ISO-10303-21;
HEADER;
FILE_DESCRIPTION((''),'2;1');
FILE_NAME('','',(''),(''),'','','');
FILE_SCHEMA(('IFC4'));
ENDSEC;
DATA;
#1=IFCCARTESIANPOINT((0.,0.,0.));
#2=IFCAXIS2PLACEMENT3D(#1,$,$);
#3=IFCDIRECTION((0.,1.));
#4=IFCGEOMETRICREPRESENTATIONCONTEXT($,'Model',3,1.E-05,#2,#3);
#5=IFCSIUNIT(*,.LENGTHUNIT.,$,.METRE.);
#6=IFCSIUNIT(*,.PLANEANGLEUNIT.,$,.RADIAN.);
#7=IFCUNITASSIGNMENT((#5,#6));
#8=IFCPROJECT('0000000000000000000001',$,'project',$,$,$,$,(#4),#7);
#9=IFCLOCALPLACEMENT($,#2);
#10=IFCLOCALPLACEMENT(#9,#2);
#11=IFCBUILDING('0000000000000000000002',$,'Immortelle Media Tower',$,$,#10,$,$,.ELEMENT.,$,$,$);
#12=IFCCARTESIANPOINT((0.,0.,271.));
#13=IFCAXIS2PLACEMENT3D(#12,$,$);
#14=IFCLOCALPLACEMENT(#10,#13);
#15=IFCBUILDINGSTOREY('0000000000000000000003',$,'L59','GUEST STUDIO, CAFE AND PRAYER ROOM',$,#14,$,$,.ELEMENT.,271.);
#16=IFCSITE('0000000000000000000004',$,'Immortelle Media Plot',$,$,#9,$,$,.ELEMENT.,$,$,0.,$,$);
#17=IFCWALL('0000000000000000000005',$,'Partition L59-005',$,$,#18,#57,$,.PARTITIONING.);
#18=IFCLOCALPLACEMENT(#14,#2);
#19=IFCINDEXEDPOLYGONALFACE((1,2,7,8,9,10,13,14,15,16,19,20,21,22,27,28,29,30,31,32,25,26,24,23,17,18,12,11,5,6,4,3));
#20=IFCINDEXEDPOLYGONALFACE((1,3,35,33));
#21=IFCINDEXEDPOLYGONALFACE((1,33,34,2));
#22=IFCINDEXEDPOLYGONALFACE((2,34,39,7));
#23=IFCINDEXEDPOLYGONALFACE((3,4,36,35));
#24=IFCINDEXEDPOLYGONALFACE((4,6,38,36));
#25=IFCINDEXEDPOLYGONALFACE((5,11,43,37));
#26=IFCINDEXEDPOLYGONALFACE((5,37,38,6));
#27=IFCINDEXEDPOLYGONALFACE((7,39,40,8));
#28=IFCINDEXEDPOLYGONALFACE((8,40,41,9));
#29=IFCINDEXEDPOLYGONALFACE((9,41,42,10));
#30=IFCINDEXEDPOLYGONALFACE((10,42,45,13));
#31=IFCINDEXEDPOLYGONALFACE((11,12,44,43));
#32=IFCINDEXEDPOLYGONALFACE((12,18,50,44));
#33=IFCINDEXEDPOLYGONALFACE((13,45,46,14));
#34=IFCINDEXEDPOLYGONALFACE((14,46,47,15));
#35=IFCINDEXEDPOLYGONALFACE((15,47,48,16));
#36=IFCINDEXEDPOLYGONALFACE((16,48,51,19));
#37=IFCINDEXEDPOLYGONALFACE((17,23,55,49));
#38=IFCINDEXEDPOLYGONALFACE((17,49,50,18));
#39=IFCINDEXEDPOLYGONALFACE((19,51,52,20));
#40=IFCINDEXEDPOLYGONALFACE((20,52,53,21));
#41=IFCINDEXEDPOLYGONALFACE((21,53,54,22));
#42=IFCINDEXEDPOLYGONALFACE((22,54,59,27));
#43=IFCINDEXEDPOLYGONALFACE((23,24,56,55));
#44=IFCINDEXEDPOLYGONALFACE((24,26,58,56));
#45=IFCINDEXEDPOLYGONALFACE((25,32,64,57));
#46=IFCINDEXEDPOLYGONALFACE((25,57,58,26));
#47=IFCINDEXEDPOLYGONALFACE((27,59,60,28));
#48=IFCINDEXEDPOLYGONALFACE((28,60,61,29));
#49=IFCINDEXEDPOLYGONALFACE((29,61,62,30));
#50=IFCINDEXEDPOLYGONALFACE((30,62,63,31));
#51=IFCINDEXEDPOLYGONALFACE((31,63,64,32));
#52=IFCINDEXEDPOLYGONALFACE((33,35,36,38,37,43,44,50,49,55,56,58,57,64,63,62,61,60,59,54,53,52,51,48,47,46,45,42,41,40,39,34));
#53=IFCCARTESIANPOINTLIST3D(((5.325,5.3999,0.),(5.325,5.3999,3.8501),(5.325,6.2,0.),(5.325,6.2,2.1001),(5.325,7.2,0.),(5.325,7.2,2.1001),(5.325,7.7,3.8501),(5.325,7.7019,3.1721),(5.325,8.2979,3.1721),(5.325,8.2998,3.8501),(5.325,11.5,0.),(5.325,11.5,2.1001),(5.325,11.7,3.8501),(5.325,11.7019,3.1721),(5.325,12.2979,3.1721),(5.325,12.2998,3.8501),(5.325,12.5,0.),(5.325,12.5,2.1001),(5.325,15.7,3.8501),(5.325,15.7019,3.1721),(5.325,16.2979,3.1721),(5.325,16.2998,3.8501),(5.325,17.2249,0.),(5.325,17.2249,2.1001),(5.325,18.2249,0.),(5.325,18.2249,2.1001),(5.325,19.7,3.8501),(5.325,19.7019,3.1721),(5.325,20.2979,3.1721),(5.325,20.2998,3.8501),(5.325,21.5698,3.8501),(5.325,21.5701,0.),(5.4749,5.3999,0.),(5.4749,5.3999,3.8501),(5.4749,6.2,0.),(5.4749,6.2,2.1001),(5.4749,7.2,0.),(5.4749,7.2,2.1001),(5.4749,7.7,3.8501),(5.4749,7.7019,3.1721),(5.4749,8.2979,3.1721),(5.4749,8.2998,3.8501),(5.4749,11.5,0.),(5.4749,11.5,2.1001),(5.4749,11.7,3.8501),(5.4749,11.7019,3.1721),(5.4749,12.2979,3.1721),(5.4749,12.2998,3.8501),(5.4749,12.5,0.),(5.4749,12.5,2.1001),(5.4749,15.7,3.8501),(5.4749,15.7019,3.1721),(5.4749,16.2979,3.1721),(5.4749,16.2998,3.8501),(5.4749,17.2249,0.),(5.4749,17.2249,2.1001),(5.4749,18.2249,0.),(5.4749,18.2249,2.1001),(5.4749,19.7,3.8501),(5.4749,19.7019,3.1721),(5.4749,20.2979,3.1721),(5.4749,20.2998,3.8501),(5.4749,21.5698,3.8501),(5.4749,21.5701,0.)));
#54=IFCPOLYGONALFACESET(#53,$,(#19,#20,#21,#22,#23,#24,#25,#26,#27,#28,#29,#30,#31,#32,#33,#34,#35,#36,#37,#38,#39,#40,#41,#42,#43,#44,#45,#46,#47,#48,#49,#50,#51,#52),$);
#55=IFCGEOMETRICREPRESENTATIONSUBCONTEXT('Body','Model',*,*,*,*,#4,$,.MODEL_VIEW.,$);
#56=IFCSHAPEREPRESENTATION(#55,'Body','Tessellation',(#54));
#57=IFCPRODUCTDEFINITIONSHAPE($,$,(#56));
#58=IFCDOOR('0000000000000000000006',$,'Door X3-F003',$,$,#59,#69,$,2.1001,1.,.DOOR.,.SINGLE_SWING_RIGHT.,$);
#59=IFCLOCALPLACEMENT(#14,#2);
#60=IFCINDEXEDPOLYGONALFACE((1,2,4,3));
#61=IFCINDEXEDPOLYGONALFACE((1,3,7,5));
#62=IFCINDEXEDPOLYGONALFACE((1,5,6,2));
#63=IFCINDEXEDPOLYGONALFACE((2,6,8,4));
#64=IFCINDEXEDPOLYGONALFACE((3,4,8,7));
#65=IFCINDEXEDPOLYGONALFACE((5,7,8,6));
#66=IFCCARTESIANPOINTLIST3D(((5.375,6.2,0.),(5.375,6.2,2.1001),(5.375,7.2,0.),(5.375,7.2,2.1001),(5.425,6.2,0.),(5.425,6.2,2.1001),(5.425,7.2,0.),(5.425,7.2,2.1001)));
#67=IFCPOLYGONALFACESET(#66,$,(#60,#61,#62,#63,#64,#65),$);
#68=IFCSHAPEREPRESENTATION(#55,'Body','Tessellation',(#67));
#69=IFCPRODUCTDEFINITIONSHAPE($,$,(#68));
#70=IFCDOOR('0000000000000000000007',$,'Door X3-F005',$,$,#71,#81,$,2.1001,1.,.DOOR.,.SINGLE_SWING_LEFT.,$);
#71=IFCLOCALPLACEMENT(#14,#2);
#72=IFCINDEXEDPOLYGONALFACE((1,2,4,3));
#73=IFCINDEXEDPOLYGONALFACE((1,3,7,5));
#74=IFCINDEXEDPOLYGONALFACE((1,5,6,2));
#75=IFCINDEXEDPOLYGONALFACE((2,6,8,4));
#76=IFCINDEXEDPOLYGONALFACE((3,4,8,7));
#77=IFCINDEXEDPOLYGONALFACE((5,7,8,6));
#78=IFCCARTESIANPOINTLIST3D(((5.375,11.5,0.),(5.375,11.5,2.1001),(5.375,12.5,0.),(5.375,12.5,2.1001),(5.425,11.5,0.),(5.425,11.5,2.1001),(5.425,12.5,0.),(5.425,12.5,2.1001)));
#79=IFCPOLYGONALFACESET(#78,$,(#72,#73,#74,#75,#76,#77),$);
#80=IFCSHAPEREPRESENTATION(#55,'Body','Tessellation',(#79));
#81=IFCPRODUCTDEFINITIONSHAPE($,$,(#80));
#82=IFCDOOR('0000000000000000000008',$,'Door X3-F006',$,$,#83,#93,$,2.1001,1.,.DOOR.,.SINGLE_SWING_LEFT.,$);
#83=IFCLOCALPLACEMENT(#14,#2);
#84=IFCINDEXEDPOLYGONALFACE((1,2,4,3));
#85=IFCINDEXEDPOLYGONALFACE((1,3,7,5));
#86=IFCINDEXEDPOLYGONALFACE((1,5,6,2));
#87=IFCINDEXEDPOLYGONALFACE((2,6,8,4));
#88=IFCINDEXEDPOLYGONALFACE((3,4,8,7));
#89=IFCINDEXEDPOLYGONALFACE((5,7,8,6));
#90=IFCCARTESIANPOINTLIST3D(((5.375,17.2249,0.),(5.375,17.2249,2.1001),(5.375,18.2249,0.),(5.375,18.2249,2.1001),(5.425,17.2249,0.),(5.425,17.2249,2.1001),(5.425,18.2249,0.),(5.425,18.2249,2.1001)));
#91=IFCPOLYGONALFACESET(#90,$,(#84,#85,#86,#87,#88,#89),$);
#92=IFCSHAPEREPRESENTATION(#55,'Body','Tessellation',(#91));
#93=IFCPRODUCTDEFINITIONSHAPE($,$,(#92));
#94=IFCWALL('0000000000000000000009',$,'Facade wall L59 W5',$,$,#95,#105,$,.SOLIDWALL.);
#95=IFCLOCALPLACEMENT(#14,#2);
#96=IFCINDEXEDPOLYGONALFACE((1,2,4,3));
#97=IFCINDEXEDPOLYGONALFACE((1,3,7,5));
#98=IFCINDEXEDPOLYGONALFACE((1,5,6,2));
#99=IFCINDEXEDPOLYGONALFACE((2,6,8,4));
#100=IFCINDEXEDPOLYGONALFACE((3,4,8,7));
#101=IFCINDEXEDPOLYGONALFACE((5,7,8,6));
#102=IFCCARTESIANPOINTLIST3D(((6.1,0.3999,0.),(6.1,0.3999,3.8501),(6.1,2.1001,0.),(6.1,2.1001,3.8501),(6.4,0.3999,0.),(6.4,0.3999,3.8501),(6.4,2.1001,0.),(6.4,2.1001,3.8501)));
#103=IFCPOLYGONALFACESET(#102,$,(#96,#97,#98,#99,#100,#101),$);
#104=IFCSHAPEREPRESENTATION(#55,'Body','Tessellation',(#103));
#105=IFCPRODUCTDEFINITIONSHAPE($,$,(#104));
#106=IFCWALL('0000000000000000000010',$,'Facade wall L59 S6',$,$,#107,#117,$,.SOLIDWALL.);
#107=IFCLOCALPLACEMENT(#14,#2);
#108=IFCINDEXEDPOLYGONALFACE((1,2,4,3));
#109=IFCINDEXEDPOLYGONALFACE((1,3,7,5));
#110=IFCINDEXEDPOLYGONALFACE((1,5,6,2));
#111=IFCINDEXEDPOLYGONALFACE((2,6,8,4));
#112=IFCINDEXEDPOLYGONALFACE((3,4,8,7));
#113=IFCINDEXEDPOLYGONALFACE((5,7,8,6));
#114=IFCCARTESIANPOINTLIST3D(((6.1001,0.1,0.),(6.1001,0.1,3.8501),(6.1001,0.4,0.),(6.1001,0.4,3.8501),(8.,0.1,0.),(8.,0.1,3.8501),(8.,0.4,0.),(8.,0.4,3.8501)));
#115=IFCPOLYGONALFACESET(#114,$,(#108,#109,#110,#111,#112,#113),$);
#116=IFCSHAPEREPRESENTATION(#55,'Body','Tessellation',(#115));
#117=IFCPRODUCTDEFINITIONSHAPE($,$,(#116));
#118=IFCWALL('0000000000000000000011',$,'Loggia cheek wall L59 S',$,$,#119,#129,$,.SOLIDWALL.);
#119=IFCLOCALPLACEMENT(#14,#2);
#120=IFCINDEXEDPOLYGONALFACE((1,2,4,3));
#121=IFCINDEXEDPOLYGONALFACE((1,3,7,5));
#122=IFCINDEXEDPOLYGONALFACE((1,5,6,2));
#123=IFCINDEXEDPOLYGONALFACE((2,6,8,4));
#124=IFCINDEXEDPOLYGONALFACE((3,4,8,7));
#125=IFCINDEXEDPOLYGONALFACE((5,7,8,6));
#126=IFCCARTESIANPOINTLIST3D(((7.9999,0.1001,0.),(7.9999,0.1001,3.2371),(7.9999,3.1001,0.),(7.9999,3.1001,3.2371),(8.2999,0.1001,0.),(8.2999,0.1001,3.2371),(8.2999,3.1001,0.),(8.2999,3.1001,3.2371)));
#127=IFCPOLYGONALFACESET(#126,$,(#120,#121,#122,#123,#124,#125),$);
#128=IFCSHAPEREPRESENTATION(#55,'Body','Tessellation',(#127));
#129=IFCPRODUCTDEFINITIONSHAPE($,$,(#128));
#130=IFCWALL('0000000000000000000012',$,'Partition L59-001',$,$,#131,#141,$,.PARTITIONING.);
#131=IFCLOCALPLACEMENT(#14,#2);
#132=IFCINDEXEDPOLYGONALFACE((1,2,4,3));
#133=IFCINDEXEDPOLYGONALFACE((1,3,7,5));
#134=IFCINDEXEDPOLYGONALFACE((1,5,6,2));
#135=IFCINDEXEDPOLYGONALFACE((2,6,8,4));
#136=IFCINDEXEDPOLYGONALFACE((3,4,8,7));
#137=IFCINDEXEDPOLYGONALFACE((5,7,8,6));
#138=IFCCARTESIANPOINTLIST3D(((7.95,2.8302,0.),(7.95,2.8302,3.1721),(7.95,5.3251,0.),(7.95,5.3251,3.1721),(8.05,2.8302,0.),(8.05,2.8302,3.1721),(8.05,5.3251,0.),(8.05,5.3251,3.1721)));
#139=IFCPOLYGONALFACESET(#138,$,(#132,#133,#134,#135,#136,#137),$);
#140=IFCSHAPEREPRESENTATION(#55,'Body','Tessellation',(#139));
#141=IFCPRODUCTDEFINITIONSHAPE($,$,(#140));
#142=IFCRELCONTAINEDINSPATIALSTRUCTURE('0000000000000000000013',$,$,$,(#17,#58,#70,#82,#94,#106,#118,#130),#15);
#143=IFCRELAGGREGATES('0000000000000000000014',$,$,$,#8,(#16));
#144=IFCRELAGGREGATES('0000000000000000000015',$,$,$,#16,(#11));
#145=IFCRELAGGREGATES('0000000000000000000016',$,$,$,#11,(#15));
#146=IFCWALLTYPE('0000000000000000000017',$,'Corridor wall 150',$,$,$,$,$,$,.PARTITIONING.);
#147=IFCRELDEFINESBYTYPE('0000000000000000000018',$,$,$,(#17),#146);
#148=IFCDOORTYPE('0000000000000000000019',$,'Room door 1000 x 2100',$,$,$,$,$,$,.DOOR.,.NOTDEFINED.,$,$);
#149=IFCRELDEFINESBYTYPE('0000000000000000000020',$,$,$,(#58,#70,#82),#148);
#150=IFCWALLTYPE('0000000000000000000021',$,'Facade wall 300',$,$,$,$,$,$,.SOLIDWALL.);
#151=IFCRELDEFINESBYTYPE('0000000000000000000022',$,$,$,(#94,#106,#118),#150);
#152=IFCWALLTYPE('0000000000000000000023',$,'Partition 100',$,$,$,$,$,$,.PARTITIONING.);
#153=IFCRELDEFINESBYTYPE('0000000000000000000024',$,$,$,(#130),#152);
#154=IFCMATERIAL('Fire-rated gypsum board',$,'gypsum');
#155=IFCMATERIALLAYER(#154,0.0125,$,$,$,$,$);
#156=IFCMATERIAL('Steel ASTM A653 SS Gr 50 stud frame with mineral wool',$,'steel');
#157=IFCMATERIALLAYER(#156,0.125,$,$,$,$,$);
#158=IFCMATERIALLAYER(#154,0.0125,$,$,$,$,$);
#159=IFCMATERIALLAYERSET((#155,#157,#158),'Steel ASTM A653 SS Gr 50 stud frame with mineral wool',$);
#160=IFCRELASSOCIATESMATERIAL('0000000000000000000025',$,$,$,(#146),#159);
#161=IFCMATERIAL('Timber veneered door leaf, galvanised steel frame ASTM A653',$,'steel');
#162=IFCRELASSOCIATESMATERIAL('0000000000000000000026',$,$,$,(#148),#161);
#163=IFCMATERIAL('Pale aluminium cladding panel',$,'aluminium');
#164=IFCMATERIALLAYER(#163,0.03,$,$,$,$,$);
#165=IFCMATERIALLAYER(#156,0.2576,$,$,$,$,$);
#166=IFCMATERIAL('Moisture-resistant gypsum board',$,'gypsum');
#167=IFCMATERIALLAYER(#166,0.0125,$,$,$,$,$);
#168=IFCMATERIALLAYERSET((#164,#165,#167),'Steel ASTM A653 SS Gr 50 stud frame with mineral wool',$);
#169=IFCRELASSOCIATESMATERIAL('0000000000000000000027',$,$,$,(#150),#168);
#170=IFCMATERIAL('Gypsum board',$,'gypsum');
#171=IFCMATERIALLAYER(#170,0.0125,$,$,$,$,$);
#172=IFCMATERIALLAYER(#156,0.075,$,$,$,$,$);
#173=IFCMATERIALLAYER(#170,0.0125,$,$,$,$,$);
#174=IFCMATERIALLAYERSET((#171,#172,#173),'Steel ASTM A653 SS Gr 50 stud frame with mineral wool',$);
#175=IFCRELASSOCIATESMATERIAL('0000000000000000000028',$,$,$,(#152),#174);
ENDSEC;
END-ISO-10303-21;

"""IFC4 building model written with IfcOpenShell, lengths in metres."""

from ifc_helpers import new_model, si_unit, direction, frame, frame_2d, origin, place, context, subcontext, project, spatial, polyline, rectangle, outline, extrude, material, layer, layer_set, type_object, element, fill, save


model = new_model("IFC4")

# Units and contexts
model_context = context("Model", 3, precision=1e-05, world=origin(), true_north=direction((0.0, 1.0)))
body_context = subcontext(model_context, "Body", "Model", "MODEL_VIEW")
ifc_project = project(units=[si_unit("LENGTHUNIT", "METRE"), si_unit("PLANEANGLEUNIT", "RADIAN")], contexts=[model_context])

# Site, building, storey
site_placement = place(None, origin())
site = spatial("IfcSite", under=ifc_project, at=site_placement, Name="Immortelle Media Plot", CompositionType="ELEMENT", RefElevation=0.0)
building_placement = place(site_placement, origin())
building = spatial("IfcBuilding", under=site, at=building_placement, Name="Immortelle Media Tower", CompositionType="ELEMENT")
storey_placement = place(building_placement, frame((0.0, 0.0, 271.0)))
storey = spatial("IfcBuildingStorey", under=building, at=storey_placement, Name="L59", Description="GUEST STUDIO, CAFE AND PRAYER ROOM", CompositionType="ELEMENT", Elevation=271.0)

# Wall, openings, doors
ifc_material_1 = material(Name="Fire-rated gypsum board", Category="gypsum")
ifc_layer_1 = layer(ifc_material_1, 0.0125)
ifc_material_2 = material(Name="Steel ASTM A653 SS Gr 50 stud frame with mineral wool", Category="steel")
ifc_layer_2 = layer(ifc_material_2, 0.125)
ifc_layer_3 = layer(ifc_material_1, 0.0125)
ifc_layer_set_1 = layer_set([ifc_layer_1, ifc_layer_2, ifc_layer_3], Name="Steel ASTM A653 SS Gr 50 stud frame with mineral wool")
wall_type_1 = type_object("IfcWallType", Name="Corridor wall 150", PredefinedType="PARTITIONING", material=ifc_layer_set_1)
ifc_material_3 = material(Name="Timber veneered door leaf, galvanised steel frame ASTM A653", Category="steel")
door_type_1 = type_object("IfcDoorType", Name="Room door 1000 x 2100", OperationType="NOTDEFINED", PredefinedType="DOOR", material=ifc_material_3)
wall_1_placement = place(storey_placement, frame((5.3999, 5.3999, 0.0), z_axis=(0.0, 0.0, 1.0), x_axis=(0.0, 1.0, 0.0)))
wall_1 = element("IfcWall", 1, at=wall_1_placement, inside=storey, type_object=wall_type_1, Name="Partition L59-005", PredefinedType="PARTITIONING", context=body_context, shape_type="SweptSolid", body=[
    extrude(outline(polyline([(0.0, 0.0), (16.1702, 0.0), (16.1699, 3.8501), (14.8999, 3.8501), (14.8979, 3.1721), (14.302, 3.1721), (14.3, 3.8501), (10.8999, 3.8501), (10.8979, 3.1721), (10.302, 3.1721), (10.3, 3.8501), (6.8999, 3.8501), (6.8979, 3.1721), (6.302, 3.1721), (6.3, 3.8501), (2.8999, 3.8501), (2.8979, 3.1721), (2.302, 3.1721), (2.3, 3.8501), (0.0, 3.8501), (0.0, 0.0)])), frame((0.0, 0.075, 0.0), z_axis=(0.0, -1.0, 0.0), x_axis=(1.0, 0.0, 0.0)), (0.0, 0.0, 1.0), 0.1499),
])
opening_1_placement = place(wall_1_placement, frame((0.8, 0.0, 0.0)))
opening_1 = element("IfcOpeningElement", 2, at=opening_1_placement, cuts=wall_1, PredefinedType="OPENING", context=body_context, shape_type="SweptSolid", body=[
    extrude(rectangle(XDim=1.0, YDim=2.1001, at=frame_2d((0.5, 1.05))), frame((0.0, 0.085, 0.0), z_axis=(0.0, -1.0, 0.0), x_axis=(1.0, 0.0, 0.0)), (0.0, 0.0, 1.0), 0.1699),
])
opening_2_placement = place(wall_1_placement, frame((6.1001, 0.0, 0.0)))
opening_2 = element("IfcOpeningElement", 3, at=opening_2_placement, cuts=wall_1, PredefinedType="OPENING", context=body_context, shape_type="SweptSolid", body=[
    extrude(rectangle(XDim=1.0, YDim=2.1001, at=frame_2d((0.5, 1.05))), frame((0.0, 0.085, 0.0), z_axis=(0.0, -1.0, 0.0), x_axis=(1.0, 0.0, 0.0)), (0.0, 0.0, 1.0), 0.1699),
])
opening_3_placement = place(wall_1_placement, frame((11.825, 0.0, 0.0)))
opening_3 = element("IfcOpeningElement", 4, at=opening_3_placement, cuts=wall_1, PredefinedType="OPENING", context=body_context, shape_type="SweptSolid", body=[
    extrude(rectangle(XDim=1.0, YDim=2.1001, at=frame_2d((0.5, 1.05))), frame((0.0, 0.085, 0.0), z_axis=(0.0, -1.0, 0.0), x_axis=(1.0, 0.0, 0.0)), (0.0, 0.0, 1.0), 0.1699),
])
door_1_placement = place(opening_1_placement, origin())
door_1 = element("IfcDoor", 5, at=door_1_placement, inside=storey, type_object=door_type_1, Name="Door X3-F003", OperationType="SINGLE_SWING_RIGHT", OverallHeight=2.1001, OverallWidth=1.0, PredefinedType="DOOR", context=body_context, shape_type="SweptSolid", body=[
    extrude(rectangle(XDim=1.0, YDim=2.1001, at=frame_2d((0.5, 1.05))), frame((0.0, 0.0249, 0.0), z_axis=(0.0, -1.0, 0.0), x_axis=(1.0, 0.0, 0.0)), (0.0, 0.0, 1.0), 0.05),
])
fill(opening_1, door_1)
door_2_placement = place(opening_2_placement, origin())
door_2 = element("IfcDoor", 6, at=door_2_placement, inside=storey, type_object=door_type_1, Name="Door X3-F005", OperationType="SINGLE_SWING_LEFT", OverallHeight=2.1001, OverallWidth=1.0, PredefinedType="DOOR", context=body_context, shape_type="SweptSolid", body=[
    extrude(rectangle(XDim=1.0, YDim=2.1001, at=frame_2d((0.5, 1.05))), frame((0.0, 0.0249, 0.0), z_axis=(0.0, -1.0, 0.0), x_axis=(1.0, 0.0, 0.0)), (0.0, 0.0, 1.0), 0.05),
])
fill(opening_2, door_2)
door_3_placement = place(opening_3_placement, origin())
door_3 = element("IfcDoor", 7, at=door_3_placement, inside=storey, type_object=door_type_1, Name="Door X3-F006", OperationType="SINGLE_SWING_LEFT", OverallHeight=2.1001, OverallWidth=1.0, PredefinedType="DOOR", context=body_context, shape_type="SweptSolid", body=[
    extrude(rectangle(XDim=1.0, YDim=2.1001, at=frame_2d((0.5, 1.05))), frame((0.0, 0.0249, 0.0), z_axis=(0.0, -1.0, 0.0), x_axis=(1.0, 0.0, 0.0)), (0.0, 0.0, 1.0), 0.05),
])
fill(opening_3, door_3)

# Walls
ifc_material_4 = material(Name="Pale aluminium cladding panel", Category="aluminium")
ifc_layer_4 = layer(ifc_material_4, 0.03)
ifc_layer_5 = layer(ifc_material_2, 0.2576)
ifc_material_5 = material(Name="Moisture-resistant gypsum board", Category="gypsum")
ifc_layer_6 = layer(ifc_material_5, 0.0125)
ifc_layer_set_2 = layer_set([ifc_layer_4, ifc_layer_5, ifc_layer_6], Name="Steel ASTM A653 SS Gr 50 stud frame with mineral wool")
wall_type_2 = type_object("IfcWallType", Name="Facade wall 300", PredefinedType="SOLIDWALL", material=ifc_layer_set_2)
wall_2_placement = place(storey_placement, frame((6.25, 2.1001, 0.0), z_axis=(0.0, 0.0, 1.0), x_axis=(0.0, -1.0, 0.0)))
element("IfcWall", 8, at=wall_2_placement, inside=storey, type_object=wall_type_2, Name="Facade wall L59 W5", PredefinedType="SOLIDWALL", context=body_context, shape_type="SweptSolid", body=[
    extrude(rectangle(XDim=1.7002, YDim=0.3, at=frame_2d((0.8501, 0.0))), origin(), (0.0, 0.0, 1.0), 3.8501),
])
wall_3_placement = place(storey_placement, frame((6.1001, 0.25, 0.0), z_axis=(0.0, 0.0, 1.0), x_axis=(1.0, 0.0, 0.0)))
element("IfcWall", 9, at=wall_3_placement, inside=storey, type_object=wall_type_2, Name="Facade wall L59 S6", PredefinedType="SOLIDWALL", context=body_context, shape_type="SweptSolid", body=[
    extrude(rectangle(XDim=1.8999, YDim=0.3, at=frame_2d((0.95, 0.0))), origin(), (0.0, 0.0, 1.0), 3.8501),
])

# Walls
wall_4_placement = place(storey_placement, frame((8.1499, 0.1001, 0.0), z_axis=(0.0, 0.0, 1.0), x_axis=(0.0, 1.0, 0.0)))
element("IfcWall", 10, at=wall_4_placement, inside=storey, type_object=wall_type_2, Name="Loggia cheek wall L59 S", PredefinedType="SOLIDWALL", context=body_context, shape_type="SweptSolid", body=[
    extrude(rectangle(XDim=3.0, YDim=0.3, at=frame_2d((1.5, 0.0))), origin(), (0.0, 0.0, 1.0), 3.2371),
])
ifc_material_6 = material(Name="Gypsum board", Category="gypsum")
ifc_layer_7 = layer(ifc_material_6, 0.0125)
ifc_layer_8 = layer(ifc_material_2, 0.075)
ifc_layer_9 = layer(ifc_material_6, 0.0125)
ifc_layer_set_3 = layer_set([ifc_layer_7, ifc_layer_8, ifc_layer_9], Name="Steel ASTM A653 SS Gr 50 stud frame with mineral wool")
wall_type_3 = type_object("IfcWallType", Name="Partition 100", PredefinedType="PARTITIONING", material=ifc_layer_set_3)
wall_5_placement = place(storey_placement, frame((8.0, 2.8301, 0.0), z_axis=(0.0, 0.0, 1.0), x_axis=(0.0, 1.0, 0.0)))
element("IfcWall", 11, at=wall_5_placement, inside=storey, type_object=wall_type_3, Name="Partition L59-001", PredefinedType="PARTITIONING", context=body_context, shape_type="SweptSolid", body=[
    extrude(rectangle(XDim=2.4949, YDim=0.1001, at=frame_2d((1.2476, 0.0))), origin(), (0.0, 0.0, 1.0), 3.1721),
])

save(model, "model.ifc")
